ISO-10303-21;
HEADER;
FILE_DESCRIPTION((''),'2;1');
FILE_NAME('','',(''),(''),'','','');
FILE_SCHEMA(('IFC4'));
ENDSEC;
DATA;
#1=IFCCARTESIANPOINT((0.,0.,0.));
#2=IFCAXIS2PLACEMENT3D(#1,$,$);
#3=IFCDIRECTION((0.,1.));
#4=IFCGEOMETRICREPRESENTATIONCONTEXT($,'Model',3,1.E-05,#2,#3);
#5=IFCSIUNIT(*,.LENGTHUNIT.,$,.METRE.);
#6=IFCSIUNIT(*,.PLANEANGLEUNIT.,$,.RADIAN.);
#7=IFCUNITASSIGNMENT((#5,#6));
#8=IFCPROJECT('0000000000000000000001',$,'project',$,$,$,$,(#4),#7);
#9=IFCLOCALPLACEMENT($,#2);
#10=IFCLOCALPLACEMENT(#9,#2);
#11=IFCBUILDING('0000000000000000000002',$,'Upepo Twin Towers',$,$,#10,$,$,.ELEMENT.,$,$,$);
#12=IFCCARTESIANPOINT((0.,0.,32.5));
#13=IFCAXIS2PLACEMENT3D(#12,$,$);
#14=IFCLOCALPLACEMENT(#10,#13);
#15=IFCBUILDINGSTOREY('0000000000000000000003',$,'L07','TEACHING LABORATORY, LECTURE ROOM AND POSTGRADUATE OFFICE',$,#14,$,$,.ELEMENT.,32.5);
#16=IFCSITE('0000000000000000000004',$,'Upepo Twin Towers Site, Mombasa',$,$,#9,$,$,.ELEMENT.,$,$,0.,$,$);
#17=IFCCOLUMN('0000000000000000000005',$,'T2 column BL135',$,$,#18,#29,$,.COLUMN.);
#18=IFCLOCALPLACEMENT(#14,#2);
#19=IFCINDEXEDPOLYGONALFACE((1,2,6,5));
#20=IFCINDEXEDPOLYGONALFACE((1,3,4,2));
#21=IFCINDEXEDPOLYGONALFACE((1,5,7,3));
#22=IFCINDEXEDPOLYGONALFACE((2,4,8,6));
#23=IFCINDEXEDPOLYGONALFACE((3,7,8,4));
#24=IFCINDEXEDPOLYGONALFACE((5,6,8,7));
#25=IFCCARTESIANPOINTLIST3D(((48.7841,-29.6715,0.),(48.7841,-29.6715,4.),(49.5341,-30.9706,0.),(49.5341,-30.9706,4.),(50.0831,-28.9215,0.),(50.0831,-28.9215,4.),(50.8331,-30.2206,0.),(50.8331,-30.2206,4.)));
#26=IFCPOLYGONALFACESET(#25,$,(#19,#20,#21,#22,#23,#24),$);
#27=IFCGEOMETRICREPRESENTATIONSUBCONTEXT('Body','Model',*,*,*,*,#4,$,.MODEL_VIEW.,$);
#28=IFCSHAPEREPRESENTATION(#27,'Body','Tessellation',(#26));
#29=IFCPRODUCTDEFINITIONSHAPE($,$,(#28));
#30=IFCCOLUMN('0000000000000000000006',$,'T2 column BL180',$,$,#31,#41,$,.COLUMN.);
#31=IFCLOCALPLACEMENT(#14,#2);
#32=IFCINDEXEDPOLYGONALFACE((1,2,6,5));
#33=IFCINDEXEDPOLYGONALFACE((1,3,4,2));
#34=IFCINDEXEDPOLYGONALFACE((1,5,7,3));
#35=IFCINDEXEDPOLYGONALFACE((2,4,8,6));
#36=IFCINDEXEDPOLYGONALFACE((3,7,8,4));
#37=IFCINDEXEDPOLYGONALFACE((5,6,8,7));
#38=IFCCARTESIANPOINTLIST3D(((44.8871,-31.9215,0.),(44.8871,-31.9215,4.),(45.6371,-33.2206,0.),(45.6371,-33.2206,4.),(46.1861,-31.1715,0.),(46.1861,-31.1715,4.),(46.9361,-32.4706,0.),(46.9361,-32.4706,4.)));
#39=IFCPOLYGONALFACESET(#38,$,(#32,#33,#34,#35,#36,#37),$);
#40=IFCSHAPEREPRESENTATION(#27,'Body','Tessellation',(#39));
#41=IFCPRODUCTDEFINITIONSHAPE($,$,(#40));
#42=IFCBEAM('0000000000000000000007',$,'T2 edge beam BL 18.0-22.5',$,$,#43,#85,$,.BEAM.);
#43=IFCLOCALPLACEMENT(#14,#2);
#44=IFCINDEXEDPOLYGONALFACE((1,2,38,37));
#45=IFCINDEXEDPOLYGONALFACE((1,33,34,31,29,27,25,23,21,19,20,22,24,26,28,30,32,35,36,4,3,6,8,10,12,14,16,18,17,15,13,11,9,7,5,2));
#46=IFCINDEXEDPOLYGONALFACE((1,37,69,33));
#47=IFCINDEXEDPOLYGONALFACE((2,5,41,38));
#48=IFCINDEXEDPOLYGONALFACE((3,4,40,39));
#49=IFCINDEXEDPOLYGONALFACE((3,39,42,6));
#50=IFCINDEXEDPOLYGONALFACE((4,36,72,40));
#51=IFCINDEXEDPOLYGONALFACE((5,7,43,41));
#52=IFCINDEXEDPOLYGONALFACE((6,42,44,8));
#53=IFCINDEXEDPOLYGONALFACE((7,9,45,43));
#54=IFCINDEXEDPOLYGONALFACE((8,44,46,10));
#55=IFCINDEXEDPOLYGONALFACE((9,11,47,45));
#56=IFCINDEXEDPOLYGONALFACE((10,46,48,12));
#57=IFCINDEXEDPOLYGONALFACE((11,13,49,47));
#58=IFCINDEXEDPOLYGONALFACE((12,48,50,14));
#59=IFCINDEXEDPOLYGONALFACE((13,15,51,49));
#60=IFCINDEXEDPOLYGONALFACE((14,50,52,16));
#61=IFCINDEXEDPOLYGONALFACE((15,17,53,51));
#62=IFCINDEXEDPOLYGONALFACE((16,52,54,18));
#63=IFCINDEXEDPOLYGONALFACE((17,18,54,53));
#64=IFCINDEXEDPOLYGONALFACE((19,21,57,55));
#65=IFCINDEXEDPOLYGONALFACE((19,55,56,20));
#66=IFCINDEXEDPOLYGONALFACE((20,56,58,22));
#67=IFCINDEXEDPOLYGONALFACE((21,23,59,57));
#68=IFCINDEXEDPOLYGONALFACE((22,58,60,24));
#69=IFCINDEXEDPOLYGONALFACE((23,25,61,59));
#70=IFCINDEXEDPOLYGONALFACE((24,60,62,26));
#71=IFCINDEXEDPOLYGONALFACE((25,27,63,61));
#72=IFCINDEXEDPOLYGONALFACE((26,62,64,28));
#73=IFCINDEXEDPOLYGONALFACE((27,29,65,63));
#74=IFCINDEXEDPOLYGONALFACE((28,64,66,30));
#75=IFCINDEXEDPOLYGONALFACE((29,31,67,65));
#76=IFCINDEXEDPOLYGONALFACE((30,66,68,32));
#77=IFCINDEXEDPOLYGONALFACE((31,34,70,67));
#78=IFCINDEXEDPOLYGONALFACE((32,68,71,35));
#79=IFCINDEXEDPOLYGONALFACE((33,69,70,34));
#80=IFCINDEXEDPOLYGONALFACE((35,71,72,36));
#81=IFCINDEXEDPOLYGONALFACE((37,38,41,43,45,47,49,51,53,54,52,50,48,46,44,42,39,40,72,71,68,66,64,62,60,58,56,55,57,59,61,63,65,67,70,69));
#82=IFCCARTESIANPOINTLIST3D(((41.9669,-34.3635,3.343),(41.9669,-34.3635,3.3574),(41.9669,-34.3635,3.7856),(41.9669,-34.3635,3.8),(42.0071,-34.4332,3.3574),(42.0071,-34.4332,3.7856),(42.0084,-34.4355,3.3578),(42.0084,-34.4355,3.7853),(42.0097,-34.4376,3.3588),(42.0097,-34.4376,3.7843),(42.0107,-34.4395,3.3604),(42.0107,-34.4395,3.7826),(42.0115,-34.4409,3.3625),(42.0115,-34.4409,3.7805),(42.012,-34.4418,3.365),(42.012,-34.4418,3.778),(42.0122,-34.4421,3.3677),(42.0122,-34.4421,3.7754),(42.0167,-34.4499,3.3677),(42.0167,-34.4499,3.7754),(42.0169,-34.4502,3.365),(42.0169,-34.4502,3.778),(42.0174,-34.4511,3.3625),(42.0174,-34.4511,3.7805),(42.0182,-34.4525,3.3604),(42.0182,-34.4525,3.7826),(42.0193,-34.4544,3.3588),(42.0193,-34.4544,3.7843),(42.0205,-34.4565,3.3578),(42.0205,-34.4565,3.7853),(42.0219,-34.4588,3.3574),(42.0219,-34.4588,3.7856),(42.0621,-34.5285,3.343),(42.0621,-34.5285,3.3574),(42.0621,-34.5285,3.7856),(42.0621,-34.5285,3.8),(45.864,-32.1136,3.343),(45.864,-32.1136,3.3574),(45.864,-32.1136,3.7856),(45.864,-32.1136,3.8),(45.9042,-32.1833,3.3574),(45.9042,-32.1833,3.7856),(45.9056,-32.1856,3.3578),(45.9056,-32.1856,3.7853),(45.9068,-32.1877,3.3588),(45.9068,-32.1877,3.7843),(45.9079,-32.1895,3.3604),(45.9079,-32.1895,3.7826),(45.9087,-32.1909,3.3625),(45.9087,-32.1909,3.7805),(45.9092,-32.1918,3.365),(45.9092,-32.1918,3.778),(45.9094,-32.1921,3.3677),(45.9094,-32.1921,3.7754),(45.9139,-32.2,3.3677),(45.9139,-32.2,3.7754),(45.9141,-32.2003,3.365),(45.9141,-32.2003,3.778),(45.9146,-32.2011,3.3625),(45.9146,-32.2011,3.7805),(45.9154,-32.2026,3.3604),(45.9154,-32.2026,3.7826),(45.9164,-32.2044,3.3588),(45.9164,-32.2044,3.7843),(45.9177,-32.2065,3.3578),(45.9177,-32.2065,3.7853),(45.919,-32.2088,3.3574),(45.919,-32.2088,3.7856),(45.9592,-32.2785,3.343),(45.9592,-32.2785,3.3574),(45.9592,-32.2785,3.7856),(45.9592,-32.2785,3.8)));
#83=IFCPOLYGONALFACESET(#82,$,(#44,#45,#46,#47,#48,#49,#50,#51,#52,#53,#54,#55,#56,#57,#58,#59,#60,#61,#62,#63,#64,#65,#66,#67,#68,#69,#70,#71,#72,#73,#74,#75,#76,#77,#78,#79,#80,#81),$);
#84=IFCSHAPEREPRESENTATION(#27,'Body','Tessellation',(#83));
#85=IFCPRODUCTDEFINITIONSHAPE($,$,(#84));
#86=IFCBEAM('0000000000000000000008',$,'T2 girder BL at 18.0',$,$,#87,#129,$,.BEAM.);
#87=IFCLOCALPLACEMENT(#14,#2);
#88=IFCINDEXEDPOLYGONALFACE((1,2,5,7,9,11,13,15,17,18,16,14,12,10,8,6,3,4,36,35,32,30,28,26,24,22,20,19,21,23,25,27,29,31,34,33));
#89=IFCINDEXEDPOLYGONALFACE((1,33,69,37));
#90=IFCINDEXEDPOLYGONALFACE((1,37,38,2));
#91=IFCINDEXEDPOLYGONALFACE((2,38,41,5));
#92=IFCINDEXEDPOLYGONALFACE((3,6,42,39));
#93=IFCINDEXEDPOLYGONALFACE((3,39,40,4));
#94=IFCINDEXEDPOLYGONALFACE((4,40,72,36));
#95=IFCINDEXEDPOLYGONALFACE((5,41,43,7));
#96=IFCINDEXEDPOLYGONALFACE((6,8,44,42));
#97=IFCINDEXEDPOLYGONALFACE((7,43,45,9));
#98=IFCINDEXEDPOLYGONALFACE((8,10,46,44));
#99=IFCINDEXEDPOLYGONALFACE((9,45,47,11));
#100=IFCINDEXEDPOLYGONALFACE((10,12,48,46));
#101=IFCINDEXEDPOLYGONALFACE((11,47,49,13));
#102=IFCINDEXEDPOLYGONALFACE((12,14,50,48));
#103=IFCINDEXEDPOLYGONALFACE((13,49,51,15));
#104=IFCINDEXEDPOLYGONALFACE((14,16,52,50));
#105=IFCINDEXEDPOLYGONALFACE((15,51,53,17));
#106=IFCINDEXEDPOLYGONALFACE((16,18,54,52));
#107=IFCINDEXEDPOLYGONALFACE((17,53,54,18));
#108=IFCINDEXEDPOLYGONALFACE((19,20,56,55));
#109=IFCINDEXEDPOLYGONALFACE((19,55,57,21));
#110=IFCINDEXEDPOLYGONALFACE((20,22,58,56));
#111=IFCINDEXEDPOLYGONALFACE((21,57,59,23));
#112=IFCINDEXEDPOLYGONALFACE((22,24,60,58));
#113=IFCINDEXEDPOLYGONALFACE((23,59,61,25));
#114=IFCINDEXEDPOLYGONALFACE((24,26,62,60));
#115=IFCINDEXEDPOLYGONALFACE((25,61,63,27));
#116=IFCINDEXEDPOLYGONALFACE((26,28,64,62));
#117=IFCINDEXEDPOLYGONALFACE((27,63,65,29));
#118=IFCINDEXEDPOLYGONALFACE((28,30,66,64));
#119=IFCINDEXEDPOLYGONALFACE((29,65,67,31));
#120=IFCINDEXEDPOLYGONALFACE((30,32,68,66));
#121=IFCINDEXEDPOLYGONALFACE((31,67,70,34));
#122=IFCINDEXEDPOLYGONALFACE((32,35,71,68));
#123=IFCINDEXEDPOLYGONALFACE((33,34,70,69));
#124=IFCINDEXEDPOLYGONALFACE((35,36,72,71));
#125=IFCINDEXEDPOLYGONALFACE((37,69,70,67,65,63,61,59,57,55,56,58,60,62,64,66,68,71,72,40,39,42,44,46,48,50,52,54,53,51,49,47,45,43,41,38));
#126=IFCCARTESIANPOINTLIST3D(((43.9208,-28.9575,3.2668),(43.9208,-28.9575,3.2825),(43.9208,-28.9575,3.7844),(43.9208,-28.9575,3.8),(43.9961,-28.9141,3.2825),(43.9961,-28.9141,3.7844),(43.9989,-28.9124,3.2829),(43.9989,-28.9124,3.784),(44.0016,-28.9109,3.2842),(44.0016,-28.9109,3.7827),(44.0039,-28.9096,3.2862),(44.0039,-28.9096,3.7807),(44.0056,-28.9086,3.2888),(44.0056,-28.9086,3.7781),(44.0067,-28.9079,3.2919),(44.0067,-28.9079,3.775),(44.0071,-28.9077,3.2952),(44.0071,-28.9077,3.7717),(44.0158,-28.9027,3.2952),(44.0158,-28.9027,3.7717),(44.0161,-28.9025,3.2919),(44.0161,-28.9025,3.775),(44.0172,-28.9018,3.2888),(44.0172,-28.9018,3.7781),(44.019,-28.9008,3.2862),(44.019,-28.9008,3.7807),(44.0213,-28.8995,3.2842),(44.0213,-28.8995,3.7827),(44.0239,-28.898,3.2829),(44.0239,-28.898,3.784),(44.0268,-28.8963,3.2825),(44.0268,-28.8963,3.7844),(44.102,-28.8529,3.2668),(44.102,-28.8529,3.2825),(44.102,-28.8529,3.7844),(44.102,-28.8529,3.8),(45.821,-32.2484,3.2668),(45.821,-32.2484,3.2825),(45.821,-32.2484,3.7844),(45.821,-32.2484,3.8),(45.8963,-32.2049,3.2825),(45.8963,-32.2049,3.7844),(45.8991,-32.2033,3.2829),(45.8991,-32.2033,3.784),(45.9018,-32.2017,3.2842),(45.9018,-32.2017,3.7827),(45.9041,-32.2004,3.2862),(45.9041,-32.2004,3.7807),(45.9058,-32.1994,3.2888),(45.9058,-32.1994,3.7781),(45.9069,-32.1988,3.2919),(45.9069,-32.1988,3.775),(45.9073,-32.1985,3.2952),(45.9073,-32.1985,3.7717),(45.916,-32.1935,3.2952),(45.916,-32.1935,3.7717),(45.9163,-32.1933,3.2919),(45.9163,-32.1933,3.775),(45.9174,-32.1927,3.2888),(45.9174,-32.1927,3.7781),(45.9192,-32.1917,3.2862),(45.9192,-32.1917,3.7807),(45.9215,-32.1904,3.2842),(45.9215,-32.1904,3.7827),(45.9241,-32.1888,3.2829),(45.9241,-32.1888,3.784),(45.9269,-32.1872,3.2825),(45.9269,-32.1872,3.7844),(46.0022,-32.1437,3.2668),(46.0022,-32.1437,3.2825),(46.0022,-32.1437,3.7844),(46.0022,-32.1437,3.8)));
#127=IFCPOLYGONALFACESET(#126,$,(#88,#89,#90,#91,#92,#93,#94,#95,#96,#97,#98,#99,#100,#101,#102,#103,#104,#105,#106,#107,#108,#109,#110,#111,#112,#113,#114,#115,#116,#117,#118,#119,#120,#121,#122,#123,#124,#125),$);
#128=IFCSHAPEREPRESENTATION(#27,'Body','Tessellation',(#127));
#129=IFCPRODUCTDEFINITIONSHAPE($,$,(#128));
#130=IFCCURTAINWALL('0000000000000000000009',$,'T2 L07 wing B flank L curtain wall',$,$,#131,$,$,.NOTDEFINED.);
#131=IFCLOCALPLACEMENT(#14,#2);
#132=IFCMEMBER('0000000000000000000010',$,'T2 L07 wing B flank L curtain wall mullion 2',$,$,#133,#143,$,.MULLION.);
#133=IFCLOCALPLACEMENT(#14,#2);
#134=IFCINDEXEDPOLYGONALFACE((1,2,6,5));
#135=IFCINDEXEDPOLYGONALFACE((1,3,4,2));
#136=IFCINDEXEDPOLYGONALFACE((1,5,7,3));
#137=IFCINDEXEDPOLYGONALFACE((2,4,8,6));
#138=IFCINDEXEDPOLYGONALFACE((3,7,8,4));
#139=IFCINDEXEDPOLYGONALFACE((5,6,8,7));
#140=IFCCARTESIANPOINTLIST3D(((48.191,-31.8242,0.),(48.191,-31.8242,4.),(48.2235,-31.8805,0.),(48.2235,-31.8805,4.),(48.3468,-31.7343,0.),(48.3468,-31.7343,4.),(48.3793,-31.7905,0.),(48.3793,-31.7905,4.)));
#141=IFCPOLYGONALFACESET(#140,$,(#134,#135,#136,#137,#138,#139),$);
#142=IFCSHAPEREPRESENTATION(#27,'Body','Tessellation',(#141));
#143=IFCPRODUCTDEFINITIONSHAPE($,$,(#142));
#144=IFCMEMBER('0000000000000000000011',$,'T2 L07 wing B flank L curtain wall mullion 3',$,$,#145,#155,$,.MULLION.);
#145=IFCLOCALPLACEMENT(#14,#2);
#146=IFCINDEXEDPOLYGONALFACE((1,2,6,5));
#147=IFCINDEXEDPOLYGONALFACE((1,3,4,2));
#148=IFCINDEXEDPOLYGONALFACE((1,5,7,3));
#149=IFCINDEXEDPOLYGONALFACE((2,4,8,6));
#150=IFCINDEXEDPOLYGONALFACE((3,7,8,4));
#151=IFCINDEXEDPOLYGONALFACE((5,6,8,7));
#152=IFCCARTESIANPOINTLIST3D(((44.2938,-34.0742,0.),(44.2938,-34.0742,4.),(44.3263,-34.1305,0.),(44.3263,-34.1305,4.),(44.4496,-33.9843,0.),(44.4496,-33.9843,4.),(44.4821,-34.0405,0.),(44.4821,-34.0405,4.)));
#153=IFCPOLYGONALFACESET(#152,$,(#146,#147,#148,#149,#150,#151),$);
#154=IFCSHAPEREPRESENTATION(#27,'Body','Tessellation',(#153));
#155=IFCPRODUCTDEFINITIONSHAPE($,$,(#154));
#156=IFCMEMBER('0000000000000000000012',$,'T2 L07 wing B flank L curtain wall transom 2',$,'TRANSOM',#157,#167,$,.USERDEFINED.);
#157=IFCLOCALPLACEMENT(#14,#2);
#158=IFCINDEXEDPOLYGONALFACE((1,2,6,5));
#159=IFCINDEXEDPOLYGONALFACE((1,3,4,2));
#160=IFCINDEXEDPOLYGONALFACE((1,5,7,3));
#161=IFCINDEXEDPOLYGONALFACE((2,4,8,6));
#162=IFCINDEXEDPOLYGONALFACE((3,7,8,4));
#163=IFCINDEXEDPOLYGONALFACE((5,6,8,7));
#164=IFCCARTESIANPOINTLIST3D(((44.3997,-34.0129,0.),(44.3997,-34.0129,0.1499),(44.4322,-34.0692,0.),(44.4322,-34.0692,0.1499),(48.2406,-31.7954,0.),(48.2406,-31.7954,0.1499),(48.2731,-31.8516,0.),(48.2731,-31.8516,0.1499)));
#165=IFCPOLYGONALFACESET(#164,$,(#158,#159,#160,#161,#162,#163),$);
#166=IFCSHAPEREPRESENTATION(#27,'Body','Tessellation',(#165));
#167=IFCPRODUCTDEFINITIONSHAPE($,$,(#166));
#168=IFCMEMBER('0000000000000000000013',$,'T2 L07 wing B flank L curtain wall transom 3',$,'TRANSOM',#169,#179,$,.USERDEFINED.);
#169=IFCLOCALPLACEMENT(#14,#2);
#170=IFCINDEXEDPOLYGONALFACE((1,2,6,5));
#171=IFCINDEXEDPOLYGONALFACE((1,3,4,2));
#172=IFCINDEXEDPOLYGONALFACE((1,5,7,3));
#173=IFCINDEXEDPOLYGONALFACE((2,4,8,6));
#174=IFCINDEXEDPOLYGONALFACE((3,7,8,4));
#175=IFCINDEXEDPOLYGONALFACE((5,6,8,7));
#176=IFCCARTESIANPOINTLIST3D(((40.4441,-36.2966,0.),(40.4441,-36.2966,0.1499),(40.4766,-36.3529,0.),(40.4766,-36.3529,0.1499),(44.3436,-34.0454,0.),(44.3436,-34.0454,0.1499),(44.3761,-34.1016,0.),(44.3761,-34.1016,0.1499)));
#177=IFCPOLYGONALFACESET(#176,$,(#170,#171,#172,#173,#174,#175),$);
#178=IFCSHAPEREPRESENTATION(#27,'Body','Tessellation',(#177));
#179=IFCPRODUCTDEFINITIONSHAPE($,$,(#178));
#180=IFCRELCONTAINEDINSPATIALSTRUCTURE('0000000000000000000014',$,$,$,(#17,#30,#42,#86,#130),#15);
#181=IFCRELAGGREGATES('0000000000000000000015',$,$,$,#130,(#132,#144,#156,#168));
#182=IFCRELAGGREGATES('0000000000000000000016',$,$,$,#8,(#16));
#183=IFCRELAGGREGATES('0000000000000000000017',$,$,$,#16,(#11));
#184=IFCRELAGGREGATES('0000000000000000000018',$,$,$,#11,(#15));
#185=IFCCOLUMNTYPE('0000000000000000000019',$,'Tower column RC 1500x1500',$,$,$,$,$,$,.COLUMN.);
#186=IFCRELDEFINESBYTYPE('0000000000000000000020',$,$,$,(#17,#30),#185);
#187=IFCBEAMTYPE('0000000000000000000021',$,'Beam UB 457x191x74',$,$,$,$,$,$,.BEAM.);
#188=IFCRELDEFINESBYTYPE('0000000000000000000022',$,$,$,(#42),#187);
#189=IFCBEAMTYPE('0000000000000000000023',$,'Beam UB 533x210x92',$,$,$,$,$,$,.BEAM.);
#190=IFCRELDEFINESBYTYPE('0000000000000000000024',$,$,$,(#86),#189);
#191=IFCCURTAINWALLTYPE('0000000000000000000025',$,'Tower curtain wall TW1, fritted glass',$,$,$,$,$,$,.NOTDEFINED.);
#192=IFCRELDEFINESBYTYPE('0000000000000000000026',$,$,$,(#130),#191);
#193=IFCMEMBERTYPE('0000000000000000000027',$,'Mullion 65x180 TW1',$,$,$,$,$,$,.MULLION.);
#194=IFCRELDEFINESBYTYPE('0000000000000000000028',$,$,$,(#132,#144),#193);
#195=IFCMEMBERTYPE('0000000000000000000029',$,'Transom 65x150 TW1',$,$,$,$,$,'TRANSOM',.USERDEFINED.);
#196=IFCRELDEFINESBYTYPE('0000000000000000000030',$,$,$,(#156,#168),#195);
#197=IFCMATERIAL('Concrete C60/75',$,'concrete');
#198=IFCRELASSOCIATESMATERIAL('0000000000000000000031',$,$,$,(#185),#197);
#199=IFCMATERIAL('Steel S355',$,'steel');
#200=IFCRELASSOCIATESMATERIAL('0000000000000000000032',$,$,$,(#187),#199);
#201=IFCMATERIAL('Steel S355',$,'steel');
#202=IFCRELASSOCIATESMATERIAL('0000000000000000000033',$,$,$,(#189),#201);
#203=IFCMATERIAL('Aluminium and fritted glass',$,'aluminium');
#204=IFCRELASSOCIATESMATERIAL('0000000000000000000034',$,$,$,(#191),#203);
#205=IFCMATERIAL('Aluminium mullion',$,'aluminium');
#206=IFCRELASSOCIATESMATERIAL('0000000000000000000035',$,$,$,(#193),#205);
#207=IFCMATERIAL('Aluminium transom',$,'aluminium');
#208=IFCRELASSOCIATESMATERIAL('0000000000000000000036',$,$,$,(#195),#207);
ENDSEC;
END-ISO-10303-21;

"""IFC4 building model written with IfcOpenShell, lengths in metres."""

from ifc_helpers import new_model, si_unit, direction, frame, origin, origin_2d, place, context, subcontext, project, spatial, rectangle, i_section, extrude, material, material_profile, profile_set, type_object, element, aggregate, save


model = new_model("IFC4")

# Units and contexts
model_context = context("Model", 3, precision=1e-05, world=origin(), true_north=direction((0.0, 1.0)))
body_context = subcontext(model_context, "Body", "Model", "MODEL_VIEW")
ifc_project = project(units=[si_unit("LENGTHUNIT", "METRE"), si_unit("PLANEANGLEUNIT", "RADIAN")], contexts=[model_context])

# Site, building, storey
site_placement = place(None, origin())
site = spatial("IfcSite", under=ifc_project, at=site_placement, Name="Upepo Twin Towers Site, Mombasa", CompositionType="ELEMENT", RefElevation=0.0)
building_placement = place(site_placement, origin())
building = spatial("IfcBuilding", under=site, at=building_placement, Name="Upepo Twin Towers", CompositionType="ELEMENT")
storey_placement = place(building_placement, frame((0.0, 0.0, 32.5)))
storey = spatial("IfcBuildingStorey", under=building, at=storey_placement, Name="L07", Description="TEACHING LABORATORY, LECTURE ROOM AND POSTGRADUATE OFFICE", CompositionType="ELEMENT", Elevation=32.5)

# Columns
ifc_material_1 = material(Name="Concrete C60/75", Category="concrete")
ifc_material_profile_1 = material_profile(ifc_material_1, rectangle(XDim=1.5, YDim=1.5, at=origin_2d()), Name="RC 1500x1500")
ifc_profile_set_1 = profile_set([ifc_material_profile_1], Name="Concrete C60/75")
column_type = type_object("IfcColumnType", Name="Tower column RC 1500x1500", PredefinedType="COLUMN", material=ifc_profile_set_1)
for number, where, z_axis, x_axis, name in (
    (1, (49.8086, -29.946, 0.0), (0.0, 0.0, 1.0), (0.866025, 0.5, 0.0), "T2 column BL135"),
    (2, (45.9116, -32.196, 0.0), (0.0, 0.0, 1.0), (0.866025, 0.5, 0.0), "T2 column BL180"),
):
    element("IfcColumn", number, at=place(storey_placement, frame(where, z_axis=z_axis, x_axis=x_axis)), inside=storey, type_object=column_type, Name=name, PredefinedType="COLUMN", context=body_context, shape_type="SweptSolid", body=[
        extrude(rectangle(XDim=1.5, YDim=1.5, at=origin_2d()), origin(), (0.0, 0.0, 1.0), 4.0),
    ])

# Beams
ifc_material_2 = material(Name="Steel S355", Category="steel")
ifc_material_profile_2 = material_profile(ifc_material_2, i_section(OverallWidth=0.1904, OverallDepth=0.457, WebThickness=0.009, FlangeThickness=0.0144, FilletRadius=0.0103, at=origin_2d()), Name="UB 457x191x74")
ifc_profile_set_2 = profile_set([ifc_material_profile_2], Name="Steel S355")
beam_type_1 = type_object("IfcBeamType", Name="Beam UB 457x191x74", PredefinedType="BEAM", material=ifc_profile_set_2)
beam_1_placement = place(storey_placement, frame((45.9116, -32.196, 3.5715), z_axis=(-0.866031, -0.49999, 0.0), x_axis=(0.49999, -0.866031, 0.0)))
element("IfcBeam", 3, at=beam_1_placement, inside=storey, type_object=beam_type_1, Name="T2 edge beam BL 18.0-22.5", PredefinedType="BEAM", context=body_context, shape_type="SweptSolid", body=[
    extrude(i_section(OverallWidth=0.1904, OverallDepth=0.457, WebThickness=0.009, FlangeThickness=0.0144, FilletRadius=0.0103, at=origin_2d()), origin(), (0.0, 0.0, 1.0), 4.5),
])
ifc_material_3 = material(Name="Steel S355", Category="steel")
ifc_material_profile_3 = material_profile(ifc_material_3, i_section(OverallWidth=0.2092, OverallDepth=0.5332, WebThickness=0.01, FlangeThickness=0.0156, FilletRadius=0.0127, at=origin_2d()), Name="UB 533x210x92")
ifc_profile_set_3 = profile_set([ifc_material_profile_3], Name="Steel S355")
beam_type_2 = type_object("IfcBeamType", Name="Beam UB 533x210x92", PredefinedType="BEAM", material=ifc_profile_set_3)
beam_2_placement = place(storey_placement, frame((45.9116, -32.196, 3.5334), z_axis=(-0.500043, 0.866, 0.0), x_axis=(-0.866, -0.500043, 0.0)))
element("IfcBeam", 4, at=beam_2_placement, inside=storey, type_object=beam_type_2, Name="T2 girder BL at 18.0", PredefinedType="BEAM", context=body_context, shape_type="SweptSolid", body=[
    extrude(i_section(OverallWidth=0.2092, OverallDepth=0.5332, WebThickness=0.01, FlangeThickness=0.0156, FilletRadius=0.0127, at=origin_2d()), origin(), (0.0, 0.0, 1.0), 3.8),
])

# Curtain wall, members
ifc_material_4 = material(Name="Aluminium and fritted glass", Category="aluminium")
curtain_wall_type = type_object("IfcCurtainWallType", Name="Tower curtain wall TW1, fritted glass", PredefinedType="NOTDEFINED", material=ifc_material_4)
curtain_wall_placement = place(storey_placement, origin())
curtain_wall = element("IfcCurtainWall", 5, at=curtain_wall_placement, inside=storey, type_object=curtain_wall_type, Name="T2 L07 wing B flank L curtain wall", PredefinedType="NOTDEFINED")
ifc_material_5 = material(Name="Aluminium mullion", Category="aluminium")
ifc_material_profile_4 = material_profile(ifc_material_5, rectangle(XDim=0.0649, YDim=0.1799, at=origin_2d()), Name="MULLION 65x180")
ifc_profile_set_4 = profile_set([ifc_material_profile_4], Name="Aluminium mullion")
member_type_1 = type_object("IfcMemberType", Name="Mullion 65x180 TW1", PredefinedType="MULLION", material=ifc_profile_set_4)
member_1_placement = place(storey_placement, frame((48.2852, -31.8074, 0.0), z_axis=(0.0, 0.0, 1.0), x_axis=(0.5, -0.866025, 0.0)))
member_1 = element("IfcMember", 6, at=member_1_placement, type_object=member_type_1, Name="T2 L07 wing B flank L curtain wall mullion 2", PredefinedType="MULLION", context=body_context, shape_type="SweptSolid", body=[
    extrude(rectangle(XDim=0.0649, YDim=0.1799, at=origin_2d()), origin(), (0.0, 0.0, 1.0), 4.0),
])
member_2_placement = place(storey_placement, frame((44.3879, -34.0574, 0.0), z_axis=(0.0, 0.0, 1.0), x_axis=(0.5, -0.866025, 0.0)))
member_2 = element("IfcMember", 7, at=member_2_placement, type_object=member_type_1, Name="T2 L07 wing B flank L curtain wall mullion 3", PredefinedType="MULLION", context=body_context, shape_type="SweptSolid", body=[
    extrude(rectangle(XDim=0.0649, YDim=0.1799, at=origin_2d()), origin(), (0.0, 0.0, 1.0), 4.0),
])
ifc_material_6 = material(Name="Aluminium transom", Category="aluminium")
ifc_material_profile_5 = material_profile(ifc_material_6, rectangle(XDim=0.0649, YDim=0.1499, at=origin_2d()), Name="TRANSOM 65x150")
ifc_profile_set_5 = profile_set([ifc_material_profile_5], Name="Aluminium transom")
member_type_2 = type_object("IfcMemberType", Name="Transom 65x150 TW1", ElementType="TRANSOM", PredefinedType="USERDEFINED", material=ifc_profile_set_5)
member_3_placement = place(storey_placement, frame((48.2568, -31.8235, 0.075), z_axis=(-0.866022, -0.500005, 0.0), x_axis=(0.500005, -0.866022, 0.0)))
member_3 = element("IfcMember", 8, at=member_3_placement, type_object=member_type_2, Name="T2 L07 wing B flank L curtain wall transom 2", ObjectType="TRANSOM", PredefinedType="USERDEFINED", context=body_context, shape_type="SweptSolid", body=[
    extrude(rectangle(XDim=0.0649, YDim=0.1499, at=origin_2d()), origin(), (0.0, 0.0, 1.0), 4.4351),
])
member_4_placement = place(storey_placement, frame((44.3599, -34.0735, 0.075), z_axis=(-0.866036, -0.499982, 0.0), x_axis=(0.499982, -0.866036, 0.0)))
member_4 = element("IfcMember", 9, at=member_4_placement, type_object=member_type_2, Name="T2 L07 wing B flank L curtain wall transom 3", ObjectType="TRANSOM", PredefinedType="USERDEFINED", context=body_context, shape_type="SweptSolid", body=[
    extrude(rectangle(XDim=0.0649, YDim=0.1499, at=origin_2d()), origin(), (0.0, 0.0, 1.0), 4.5027),
])
aggregate(curtain_wall, [member_1, member_2, member_3, member_4])

save(model, "model.ifc")
